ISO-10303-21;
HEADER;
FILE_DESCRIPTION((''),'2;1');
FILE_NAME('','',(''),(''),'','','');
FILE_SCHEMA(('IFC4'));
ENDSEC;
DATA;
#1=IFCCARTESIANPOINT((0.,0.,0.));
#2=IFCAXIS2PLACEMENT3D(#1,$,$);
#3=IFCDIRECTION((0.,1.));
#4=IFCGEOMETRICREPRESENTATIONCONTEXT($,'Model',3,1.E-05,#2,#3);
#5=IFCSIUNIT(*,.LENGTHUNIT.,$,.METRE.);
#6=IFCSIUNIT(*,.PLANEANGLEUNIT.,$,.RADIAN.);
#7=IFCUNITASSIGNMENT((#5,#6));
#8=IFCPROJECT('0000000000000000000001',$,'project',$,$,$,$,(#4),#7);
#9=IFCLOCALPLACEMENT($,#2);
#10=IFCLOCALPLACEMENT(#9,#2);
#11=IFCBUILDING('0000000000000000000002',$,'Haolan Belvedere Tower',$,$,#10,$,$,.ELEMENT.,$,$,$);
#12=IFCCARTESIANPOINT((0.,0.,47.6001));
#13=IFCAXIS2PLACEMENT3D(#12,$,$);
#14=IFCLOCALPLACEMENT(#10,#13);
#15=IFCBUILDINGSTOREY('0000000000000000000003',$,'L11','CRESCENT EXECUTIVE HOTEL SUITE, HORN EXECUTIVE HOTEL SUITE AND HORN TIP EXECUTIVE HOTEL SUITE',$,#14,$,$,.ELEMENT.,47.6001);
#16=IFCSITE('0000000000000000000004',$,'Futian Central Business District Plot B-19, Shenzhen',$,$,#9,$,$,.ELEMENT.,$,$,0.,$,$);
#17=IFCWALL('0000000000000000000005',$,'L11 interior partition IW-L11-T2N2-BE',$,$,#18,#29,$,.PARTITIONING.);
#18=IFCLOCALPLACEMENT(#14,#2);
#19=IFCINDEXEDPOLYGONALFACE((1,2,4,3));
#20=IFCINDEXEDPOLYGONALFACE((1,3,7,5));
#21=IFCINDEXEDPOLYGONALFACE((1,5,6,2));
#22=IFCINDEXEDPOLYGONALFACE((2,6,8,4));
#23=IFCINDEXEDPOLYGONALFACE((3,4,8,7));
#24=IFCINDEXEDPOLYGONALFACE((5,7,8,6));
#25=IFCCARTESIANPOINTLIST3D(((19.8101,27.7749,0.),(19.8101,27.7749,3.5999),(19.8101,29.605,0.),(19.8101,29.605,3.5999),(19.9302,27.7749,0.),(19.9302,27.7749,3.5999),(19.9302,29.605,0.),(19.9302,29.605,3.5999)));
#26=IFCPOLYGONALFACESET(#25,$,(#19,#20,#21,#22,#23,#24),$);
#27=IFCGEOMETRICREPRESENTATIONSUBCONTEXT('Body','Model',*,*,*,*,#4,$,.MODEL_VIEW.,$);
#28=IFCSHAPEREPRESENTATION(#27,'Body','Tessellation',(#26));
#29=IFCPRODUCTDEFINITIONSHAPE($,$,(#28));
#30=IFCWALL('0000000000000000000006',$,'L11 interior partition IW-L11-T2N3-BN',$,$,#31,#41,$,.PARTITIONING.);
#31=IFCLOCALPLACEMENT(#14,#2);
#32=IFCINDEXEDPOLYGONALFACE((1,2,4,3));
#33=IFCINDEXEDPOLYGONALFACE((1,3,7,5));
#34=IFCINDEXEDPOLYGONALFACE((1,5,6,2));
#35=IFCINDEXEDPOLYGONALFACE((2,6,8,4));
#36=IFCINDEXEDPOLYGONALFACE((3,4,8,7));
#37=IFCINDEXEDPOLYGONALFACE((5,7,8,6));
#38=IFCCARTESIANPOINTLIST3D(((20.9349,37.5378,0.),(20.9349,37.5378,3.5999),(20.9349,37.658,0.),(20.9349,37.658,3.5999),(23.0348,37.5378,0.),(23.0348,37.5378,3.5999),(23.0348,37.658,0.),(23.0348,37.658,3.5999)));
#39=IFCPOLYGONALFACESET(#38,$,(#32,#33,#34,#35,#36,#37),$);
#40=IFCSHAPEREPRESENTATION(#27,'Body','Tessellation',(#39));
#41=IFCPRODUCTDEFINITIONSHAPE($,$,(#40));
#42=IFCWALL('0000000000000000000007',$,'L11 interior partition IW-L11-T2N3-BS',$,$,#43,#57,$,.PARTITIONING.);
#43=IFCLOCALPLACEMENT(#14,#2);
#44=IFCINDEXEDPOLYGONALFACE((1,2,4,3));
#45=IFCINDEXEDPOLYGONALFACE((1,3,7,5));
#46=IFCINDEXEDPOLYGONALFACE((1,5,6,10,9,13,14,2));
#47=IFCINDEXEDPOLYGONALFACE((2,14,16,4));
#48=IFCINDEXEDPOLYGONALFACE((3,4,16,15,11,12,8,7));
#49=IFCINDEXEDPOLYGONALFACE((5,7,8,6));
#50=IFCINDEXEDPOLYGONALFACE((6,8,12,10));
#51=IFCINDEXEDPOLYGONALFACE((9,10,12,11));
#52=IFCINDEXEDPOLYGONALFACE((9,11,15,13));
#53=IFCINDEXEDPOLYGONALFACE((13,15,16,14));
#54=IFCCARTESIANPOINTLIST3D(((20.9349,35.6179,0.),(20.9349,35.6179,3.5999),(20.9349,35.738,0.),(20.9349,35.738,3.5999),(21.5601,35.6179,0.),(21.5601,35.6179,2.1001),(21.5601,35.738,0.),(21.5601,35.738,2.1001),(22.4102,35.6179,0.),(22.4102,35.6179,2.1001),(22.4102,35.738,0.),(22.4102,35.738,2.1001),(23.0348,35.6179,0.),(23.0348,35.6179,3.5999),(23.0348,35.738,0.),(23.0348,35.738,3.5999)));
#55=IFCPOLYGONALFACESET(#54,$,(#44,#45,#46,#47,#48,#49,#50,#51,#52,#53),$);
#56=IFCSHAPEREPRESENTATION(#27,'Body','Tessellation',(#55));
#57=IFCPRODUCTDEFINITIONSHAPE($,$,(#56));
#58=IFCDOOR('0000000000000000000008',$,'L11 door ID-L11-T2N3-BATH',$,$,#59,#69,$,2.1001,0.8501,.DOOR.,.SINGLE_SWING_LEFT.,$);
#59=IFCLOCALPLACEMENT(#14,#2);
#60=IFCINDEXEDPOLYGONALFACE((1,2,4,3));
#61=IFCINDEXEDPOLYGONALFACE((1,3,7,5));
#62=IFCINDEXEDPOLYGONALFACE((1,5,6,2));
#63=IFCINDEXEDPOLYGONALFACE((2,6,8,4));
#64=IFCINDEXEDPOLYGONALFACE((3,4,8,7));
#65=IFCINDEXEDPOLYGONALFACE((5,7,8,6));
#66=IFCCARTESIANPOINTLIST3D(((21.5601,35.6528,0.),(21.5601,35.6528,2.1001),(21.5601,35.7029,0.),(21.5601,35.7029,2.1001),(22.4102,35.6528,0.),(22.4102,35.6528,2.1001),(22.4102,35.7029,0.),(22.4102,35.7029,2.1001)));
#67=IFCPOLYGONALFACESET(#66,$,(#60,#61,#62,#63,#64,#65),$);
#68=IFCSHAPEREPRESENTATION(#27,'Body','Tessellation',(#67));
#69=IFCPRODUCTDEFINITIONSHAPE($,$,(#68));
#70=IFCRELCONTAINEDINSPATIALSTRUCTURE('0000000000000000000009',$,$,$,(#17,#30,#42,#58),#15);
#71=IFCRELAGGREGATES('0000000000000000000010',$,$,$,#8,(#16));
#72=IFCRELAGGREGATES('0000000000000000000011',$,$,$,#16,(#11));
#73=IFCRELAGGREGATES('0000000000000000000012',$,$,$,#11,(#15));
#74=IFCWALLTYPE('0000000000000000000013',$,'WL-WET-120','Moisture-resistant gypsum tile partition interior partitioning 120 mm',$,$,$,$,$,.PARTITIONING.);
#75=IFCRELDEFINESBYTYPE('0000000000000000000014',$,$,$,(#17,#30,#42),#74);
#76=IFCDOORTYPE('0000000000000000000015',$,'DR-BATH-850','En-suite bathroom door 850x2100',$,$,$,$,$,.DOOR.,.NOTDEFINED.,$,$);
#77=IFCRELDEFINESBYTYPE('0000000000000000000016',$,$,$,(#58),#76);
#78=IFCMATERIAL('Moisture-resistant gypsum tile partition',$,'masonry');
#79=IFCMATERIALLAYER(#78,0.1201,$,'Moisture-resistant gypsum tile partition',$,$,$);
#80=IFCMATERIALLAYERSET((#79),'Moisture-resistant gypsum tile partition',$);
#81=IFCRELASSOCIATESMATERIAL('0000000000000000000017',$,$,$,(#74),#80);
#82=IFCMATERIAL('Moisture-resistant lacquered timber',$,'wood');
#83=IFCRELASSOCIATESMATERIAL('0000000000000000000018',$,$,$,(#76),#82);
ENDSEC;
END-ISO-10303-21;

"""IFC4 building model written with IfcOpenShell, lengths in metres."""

from ifc_helpers import new_model, si_unit, direction, frame, frame_2d, origin, place, context, subcontext, project, spatial, rectangle, extrude, material, layer, layer_set, type_object, element, fill, save


model = new_model("IFC4")

# Units and contexts
model_context = context("Model", 3, precision=1e-05, world=origin(), true_north=direction((0.0, 1.0)))
body_context = subcontext(model_context, "Body", "Model", "MODEL_VIEW")
ifc_project = project(units=[si_unit("LENGTHUNIT", "METRE"), si_unit("PLANEANGLEUNIT", "RADIAN")], contexts=[model_context])

# Site, building, storey
site_placement = place(None, origin())
site = spatial("IfcSite", under=ifc_project, at=site_placement, Name="Futian Central Business District Plot B-19, Shenzhen", CompositionType="ELEMENT", RefElevation=0.0)
building_placement = place(site_placement, origin())
building = spatial("IfcBuilding", under=site, at=building_placement, Name="Haolan Belvedere Tower", CompositionType="ELEMENT")
storey_placement = place(building_placement, frame((0.0, 0.0, 47.6001)))
storey = spatial("IfcBuildingStorey", under=building, at=storey_placement, Name="L11", Description="CRESCENT EXECUTIVE HOTEL SUITE, HORN EXECUTIVE HOTEL SUITE AND HORN TIP EXECUTIVE HOTEL SUITE", CompositionType="ELEMENT", Elevation=47.6001)

# Walls
ifc_material_1 = material(Name="Moisture-resistant gypsum tile partition", Category="masonry")
ifc_layer_1 = layer(ifc_material_1, 0.1201, Name="Moisture-resistant gypsum tile partition")
ifc_layer_set_1 = layer_set([ifc_layer_1], Name="Moisture-resistant gypsum tile partition")
wall_type_1 = type_object("IfcWallType", Name="WL-WET-120", Description="Moisture-resistant gypsum tile partition interior partitioning 120 mm", PredefinedType="PARTITIONING", material=ifc_layer_set_1)
wall_1_placement = place(storey_placement, frame((19.8701, 27.7749, 0.0), z_axis=(0.0, 0.0, 1.0), x_axis=(0.0, 1.0, 0.0)))
element("IfcWall", 1, at=wall_1_placement, inside=storey, type_object=wall_type_1, Name="L11 interior partition IW-L11-T2N2-BE", PredefinedType="PARTITIONING", context=body_context, shape_type="SweptSolid", body=[
    extrude(rectangle(XDim=1.8301, YDim=0.1201, at=frame_2d((0.915, 0.0))), origin(), (0.0, 0.0, 1.0), 3.5999),
])
wall_2_placement = place(storey_placement, frame((20.9351, 37.5979, 0.0), z_axis=(0.0, 0.0, 1.0), x_axis=(1.0, 0.0, 0.0)))
element("IfcWall", 2, at=wall_2_placement, inside=storey, type_object=wall_type_1, Name="L11 interior partition IW-L11-T2N3-BN", PredefinedType="PARTITIONING", context=body_context, shape_type="SweptSolid", body=[
    extrude(rectangle(XDim=2.0999, YDim=0.1201, at=frame_2d((1.0498, 0.0))), origin(), (0.0, 0.0, 1.0), 3.5999),
])

# Wall, opening, door
wall_3_placement = place(storey_placement, frame((20.9351, 35.678, 0.0), z_axis=(0.0, 0.0, 1.0), x_axis=(1.0, 0.0, 0.0)))
wall_3 = element("IfcWall", 3, at=wall_3_placement, inside=storey, type_object=wall_type_1, Name="L11 interior partition IW-L11-T2N3-BS", PredefinedType="PARTITIONING", context=body_context, shape_type="SweptSolid", body=[
    extrude(rectangle(XDim=2.0999, YDim=0.1201, at=frame_2d((1.0498, 0.0))), origin(), (0.0, 0.0, 1.0), 3.5999),
])
opening_1_placement = place(wall_3_placement, frame((0.625, 0.0, 0.0)))
opening_1 = element("IfcOpeningElement", 4, at=opening_1_placement, cuts=wall_3, PredefinedType="OPENING", context=body_context, shape_type="SweptSolid", body=[
    extrude(rectangle(XDim=0.8501, YDim=2.1001, at=frame_2d((0.425, 1.05))), frame((0.0, 0.0701, 0.0), z_axis=(0.0, -1.0, 0.0), x_axis=(1.0, 0.0, 0.0)), (0.0, 0.0, 1.0), 0.1401),
])
ifc_material_2 = material(Name="Moisture-resistant lacquered timber", Category="wood")
door_type = type_object("IfcDoorType", Name="DR-BATH-850", Description="En-suite bathroom door 850x2100", OperationType="NOTDEFINED", PredefinedType="DOOR", material=ifc_material_2)
door_placement = place(opening_1_placement, origin())
door = element("IfcDoor", 5, at=door_placement, inside=storey, type_object=door_type, Name="L11 door ID-L11-T2N3-BATH", OperationType="SINGLE_SWING_LEFT", OverallHeight=2.1001, OverallWidth=0.8501, PredefinedType="DOOR", context=body_context, shape_type="SweptSolid", body=[
    extrude(rectangle(XDim=0.8501, YDim=2.1001, at=frame_2d((0.425, 1.05))), frame((0.0, 0.0249, 0.0), z_axis=(0.0, -1.0, 0.0), x_axis=(1.0, 0.0, 0.0)), (0.0, 0.0, 1.0), 0.05),
])
fill(opening_1, door)

save(model, "model.ifc")
